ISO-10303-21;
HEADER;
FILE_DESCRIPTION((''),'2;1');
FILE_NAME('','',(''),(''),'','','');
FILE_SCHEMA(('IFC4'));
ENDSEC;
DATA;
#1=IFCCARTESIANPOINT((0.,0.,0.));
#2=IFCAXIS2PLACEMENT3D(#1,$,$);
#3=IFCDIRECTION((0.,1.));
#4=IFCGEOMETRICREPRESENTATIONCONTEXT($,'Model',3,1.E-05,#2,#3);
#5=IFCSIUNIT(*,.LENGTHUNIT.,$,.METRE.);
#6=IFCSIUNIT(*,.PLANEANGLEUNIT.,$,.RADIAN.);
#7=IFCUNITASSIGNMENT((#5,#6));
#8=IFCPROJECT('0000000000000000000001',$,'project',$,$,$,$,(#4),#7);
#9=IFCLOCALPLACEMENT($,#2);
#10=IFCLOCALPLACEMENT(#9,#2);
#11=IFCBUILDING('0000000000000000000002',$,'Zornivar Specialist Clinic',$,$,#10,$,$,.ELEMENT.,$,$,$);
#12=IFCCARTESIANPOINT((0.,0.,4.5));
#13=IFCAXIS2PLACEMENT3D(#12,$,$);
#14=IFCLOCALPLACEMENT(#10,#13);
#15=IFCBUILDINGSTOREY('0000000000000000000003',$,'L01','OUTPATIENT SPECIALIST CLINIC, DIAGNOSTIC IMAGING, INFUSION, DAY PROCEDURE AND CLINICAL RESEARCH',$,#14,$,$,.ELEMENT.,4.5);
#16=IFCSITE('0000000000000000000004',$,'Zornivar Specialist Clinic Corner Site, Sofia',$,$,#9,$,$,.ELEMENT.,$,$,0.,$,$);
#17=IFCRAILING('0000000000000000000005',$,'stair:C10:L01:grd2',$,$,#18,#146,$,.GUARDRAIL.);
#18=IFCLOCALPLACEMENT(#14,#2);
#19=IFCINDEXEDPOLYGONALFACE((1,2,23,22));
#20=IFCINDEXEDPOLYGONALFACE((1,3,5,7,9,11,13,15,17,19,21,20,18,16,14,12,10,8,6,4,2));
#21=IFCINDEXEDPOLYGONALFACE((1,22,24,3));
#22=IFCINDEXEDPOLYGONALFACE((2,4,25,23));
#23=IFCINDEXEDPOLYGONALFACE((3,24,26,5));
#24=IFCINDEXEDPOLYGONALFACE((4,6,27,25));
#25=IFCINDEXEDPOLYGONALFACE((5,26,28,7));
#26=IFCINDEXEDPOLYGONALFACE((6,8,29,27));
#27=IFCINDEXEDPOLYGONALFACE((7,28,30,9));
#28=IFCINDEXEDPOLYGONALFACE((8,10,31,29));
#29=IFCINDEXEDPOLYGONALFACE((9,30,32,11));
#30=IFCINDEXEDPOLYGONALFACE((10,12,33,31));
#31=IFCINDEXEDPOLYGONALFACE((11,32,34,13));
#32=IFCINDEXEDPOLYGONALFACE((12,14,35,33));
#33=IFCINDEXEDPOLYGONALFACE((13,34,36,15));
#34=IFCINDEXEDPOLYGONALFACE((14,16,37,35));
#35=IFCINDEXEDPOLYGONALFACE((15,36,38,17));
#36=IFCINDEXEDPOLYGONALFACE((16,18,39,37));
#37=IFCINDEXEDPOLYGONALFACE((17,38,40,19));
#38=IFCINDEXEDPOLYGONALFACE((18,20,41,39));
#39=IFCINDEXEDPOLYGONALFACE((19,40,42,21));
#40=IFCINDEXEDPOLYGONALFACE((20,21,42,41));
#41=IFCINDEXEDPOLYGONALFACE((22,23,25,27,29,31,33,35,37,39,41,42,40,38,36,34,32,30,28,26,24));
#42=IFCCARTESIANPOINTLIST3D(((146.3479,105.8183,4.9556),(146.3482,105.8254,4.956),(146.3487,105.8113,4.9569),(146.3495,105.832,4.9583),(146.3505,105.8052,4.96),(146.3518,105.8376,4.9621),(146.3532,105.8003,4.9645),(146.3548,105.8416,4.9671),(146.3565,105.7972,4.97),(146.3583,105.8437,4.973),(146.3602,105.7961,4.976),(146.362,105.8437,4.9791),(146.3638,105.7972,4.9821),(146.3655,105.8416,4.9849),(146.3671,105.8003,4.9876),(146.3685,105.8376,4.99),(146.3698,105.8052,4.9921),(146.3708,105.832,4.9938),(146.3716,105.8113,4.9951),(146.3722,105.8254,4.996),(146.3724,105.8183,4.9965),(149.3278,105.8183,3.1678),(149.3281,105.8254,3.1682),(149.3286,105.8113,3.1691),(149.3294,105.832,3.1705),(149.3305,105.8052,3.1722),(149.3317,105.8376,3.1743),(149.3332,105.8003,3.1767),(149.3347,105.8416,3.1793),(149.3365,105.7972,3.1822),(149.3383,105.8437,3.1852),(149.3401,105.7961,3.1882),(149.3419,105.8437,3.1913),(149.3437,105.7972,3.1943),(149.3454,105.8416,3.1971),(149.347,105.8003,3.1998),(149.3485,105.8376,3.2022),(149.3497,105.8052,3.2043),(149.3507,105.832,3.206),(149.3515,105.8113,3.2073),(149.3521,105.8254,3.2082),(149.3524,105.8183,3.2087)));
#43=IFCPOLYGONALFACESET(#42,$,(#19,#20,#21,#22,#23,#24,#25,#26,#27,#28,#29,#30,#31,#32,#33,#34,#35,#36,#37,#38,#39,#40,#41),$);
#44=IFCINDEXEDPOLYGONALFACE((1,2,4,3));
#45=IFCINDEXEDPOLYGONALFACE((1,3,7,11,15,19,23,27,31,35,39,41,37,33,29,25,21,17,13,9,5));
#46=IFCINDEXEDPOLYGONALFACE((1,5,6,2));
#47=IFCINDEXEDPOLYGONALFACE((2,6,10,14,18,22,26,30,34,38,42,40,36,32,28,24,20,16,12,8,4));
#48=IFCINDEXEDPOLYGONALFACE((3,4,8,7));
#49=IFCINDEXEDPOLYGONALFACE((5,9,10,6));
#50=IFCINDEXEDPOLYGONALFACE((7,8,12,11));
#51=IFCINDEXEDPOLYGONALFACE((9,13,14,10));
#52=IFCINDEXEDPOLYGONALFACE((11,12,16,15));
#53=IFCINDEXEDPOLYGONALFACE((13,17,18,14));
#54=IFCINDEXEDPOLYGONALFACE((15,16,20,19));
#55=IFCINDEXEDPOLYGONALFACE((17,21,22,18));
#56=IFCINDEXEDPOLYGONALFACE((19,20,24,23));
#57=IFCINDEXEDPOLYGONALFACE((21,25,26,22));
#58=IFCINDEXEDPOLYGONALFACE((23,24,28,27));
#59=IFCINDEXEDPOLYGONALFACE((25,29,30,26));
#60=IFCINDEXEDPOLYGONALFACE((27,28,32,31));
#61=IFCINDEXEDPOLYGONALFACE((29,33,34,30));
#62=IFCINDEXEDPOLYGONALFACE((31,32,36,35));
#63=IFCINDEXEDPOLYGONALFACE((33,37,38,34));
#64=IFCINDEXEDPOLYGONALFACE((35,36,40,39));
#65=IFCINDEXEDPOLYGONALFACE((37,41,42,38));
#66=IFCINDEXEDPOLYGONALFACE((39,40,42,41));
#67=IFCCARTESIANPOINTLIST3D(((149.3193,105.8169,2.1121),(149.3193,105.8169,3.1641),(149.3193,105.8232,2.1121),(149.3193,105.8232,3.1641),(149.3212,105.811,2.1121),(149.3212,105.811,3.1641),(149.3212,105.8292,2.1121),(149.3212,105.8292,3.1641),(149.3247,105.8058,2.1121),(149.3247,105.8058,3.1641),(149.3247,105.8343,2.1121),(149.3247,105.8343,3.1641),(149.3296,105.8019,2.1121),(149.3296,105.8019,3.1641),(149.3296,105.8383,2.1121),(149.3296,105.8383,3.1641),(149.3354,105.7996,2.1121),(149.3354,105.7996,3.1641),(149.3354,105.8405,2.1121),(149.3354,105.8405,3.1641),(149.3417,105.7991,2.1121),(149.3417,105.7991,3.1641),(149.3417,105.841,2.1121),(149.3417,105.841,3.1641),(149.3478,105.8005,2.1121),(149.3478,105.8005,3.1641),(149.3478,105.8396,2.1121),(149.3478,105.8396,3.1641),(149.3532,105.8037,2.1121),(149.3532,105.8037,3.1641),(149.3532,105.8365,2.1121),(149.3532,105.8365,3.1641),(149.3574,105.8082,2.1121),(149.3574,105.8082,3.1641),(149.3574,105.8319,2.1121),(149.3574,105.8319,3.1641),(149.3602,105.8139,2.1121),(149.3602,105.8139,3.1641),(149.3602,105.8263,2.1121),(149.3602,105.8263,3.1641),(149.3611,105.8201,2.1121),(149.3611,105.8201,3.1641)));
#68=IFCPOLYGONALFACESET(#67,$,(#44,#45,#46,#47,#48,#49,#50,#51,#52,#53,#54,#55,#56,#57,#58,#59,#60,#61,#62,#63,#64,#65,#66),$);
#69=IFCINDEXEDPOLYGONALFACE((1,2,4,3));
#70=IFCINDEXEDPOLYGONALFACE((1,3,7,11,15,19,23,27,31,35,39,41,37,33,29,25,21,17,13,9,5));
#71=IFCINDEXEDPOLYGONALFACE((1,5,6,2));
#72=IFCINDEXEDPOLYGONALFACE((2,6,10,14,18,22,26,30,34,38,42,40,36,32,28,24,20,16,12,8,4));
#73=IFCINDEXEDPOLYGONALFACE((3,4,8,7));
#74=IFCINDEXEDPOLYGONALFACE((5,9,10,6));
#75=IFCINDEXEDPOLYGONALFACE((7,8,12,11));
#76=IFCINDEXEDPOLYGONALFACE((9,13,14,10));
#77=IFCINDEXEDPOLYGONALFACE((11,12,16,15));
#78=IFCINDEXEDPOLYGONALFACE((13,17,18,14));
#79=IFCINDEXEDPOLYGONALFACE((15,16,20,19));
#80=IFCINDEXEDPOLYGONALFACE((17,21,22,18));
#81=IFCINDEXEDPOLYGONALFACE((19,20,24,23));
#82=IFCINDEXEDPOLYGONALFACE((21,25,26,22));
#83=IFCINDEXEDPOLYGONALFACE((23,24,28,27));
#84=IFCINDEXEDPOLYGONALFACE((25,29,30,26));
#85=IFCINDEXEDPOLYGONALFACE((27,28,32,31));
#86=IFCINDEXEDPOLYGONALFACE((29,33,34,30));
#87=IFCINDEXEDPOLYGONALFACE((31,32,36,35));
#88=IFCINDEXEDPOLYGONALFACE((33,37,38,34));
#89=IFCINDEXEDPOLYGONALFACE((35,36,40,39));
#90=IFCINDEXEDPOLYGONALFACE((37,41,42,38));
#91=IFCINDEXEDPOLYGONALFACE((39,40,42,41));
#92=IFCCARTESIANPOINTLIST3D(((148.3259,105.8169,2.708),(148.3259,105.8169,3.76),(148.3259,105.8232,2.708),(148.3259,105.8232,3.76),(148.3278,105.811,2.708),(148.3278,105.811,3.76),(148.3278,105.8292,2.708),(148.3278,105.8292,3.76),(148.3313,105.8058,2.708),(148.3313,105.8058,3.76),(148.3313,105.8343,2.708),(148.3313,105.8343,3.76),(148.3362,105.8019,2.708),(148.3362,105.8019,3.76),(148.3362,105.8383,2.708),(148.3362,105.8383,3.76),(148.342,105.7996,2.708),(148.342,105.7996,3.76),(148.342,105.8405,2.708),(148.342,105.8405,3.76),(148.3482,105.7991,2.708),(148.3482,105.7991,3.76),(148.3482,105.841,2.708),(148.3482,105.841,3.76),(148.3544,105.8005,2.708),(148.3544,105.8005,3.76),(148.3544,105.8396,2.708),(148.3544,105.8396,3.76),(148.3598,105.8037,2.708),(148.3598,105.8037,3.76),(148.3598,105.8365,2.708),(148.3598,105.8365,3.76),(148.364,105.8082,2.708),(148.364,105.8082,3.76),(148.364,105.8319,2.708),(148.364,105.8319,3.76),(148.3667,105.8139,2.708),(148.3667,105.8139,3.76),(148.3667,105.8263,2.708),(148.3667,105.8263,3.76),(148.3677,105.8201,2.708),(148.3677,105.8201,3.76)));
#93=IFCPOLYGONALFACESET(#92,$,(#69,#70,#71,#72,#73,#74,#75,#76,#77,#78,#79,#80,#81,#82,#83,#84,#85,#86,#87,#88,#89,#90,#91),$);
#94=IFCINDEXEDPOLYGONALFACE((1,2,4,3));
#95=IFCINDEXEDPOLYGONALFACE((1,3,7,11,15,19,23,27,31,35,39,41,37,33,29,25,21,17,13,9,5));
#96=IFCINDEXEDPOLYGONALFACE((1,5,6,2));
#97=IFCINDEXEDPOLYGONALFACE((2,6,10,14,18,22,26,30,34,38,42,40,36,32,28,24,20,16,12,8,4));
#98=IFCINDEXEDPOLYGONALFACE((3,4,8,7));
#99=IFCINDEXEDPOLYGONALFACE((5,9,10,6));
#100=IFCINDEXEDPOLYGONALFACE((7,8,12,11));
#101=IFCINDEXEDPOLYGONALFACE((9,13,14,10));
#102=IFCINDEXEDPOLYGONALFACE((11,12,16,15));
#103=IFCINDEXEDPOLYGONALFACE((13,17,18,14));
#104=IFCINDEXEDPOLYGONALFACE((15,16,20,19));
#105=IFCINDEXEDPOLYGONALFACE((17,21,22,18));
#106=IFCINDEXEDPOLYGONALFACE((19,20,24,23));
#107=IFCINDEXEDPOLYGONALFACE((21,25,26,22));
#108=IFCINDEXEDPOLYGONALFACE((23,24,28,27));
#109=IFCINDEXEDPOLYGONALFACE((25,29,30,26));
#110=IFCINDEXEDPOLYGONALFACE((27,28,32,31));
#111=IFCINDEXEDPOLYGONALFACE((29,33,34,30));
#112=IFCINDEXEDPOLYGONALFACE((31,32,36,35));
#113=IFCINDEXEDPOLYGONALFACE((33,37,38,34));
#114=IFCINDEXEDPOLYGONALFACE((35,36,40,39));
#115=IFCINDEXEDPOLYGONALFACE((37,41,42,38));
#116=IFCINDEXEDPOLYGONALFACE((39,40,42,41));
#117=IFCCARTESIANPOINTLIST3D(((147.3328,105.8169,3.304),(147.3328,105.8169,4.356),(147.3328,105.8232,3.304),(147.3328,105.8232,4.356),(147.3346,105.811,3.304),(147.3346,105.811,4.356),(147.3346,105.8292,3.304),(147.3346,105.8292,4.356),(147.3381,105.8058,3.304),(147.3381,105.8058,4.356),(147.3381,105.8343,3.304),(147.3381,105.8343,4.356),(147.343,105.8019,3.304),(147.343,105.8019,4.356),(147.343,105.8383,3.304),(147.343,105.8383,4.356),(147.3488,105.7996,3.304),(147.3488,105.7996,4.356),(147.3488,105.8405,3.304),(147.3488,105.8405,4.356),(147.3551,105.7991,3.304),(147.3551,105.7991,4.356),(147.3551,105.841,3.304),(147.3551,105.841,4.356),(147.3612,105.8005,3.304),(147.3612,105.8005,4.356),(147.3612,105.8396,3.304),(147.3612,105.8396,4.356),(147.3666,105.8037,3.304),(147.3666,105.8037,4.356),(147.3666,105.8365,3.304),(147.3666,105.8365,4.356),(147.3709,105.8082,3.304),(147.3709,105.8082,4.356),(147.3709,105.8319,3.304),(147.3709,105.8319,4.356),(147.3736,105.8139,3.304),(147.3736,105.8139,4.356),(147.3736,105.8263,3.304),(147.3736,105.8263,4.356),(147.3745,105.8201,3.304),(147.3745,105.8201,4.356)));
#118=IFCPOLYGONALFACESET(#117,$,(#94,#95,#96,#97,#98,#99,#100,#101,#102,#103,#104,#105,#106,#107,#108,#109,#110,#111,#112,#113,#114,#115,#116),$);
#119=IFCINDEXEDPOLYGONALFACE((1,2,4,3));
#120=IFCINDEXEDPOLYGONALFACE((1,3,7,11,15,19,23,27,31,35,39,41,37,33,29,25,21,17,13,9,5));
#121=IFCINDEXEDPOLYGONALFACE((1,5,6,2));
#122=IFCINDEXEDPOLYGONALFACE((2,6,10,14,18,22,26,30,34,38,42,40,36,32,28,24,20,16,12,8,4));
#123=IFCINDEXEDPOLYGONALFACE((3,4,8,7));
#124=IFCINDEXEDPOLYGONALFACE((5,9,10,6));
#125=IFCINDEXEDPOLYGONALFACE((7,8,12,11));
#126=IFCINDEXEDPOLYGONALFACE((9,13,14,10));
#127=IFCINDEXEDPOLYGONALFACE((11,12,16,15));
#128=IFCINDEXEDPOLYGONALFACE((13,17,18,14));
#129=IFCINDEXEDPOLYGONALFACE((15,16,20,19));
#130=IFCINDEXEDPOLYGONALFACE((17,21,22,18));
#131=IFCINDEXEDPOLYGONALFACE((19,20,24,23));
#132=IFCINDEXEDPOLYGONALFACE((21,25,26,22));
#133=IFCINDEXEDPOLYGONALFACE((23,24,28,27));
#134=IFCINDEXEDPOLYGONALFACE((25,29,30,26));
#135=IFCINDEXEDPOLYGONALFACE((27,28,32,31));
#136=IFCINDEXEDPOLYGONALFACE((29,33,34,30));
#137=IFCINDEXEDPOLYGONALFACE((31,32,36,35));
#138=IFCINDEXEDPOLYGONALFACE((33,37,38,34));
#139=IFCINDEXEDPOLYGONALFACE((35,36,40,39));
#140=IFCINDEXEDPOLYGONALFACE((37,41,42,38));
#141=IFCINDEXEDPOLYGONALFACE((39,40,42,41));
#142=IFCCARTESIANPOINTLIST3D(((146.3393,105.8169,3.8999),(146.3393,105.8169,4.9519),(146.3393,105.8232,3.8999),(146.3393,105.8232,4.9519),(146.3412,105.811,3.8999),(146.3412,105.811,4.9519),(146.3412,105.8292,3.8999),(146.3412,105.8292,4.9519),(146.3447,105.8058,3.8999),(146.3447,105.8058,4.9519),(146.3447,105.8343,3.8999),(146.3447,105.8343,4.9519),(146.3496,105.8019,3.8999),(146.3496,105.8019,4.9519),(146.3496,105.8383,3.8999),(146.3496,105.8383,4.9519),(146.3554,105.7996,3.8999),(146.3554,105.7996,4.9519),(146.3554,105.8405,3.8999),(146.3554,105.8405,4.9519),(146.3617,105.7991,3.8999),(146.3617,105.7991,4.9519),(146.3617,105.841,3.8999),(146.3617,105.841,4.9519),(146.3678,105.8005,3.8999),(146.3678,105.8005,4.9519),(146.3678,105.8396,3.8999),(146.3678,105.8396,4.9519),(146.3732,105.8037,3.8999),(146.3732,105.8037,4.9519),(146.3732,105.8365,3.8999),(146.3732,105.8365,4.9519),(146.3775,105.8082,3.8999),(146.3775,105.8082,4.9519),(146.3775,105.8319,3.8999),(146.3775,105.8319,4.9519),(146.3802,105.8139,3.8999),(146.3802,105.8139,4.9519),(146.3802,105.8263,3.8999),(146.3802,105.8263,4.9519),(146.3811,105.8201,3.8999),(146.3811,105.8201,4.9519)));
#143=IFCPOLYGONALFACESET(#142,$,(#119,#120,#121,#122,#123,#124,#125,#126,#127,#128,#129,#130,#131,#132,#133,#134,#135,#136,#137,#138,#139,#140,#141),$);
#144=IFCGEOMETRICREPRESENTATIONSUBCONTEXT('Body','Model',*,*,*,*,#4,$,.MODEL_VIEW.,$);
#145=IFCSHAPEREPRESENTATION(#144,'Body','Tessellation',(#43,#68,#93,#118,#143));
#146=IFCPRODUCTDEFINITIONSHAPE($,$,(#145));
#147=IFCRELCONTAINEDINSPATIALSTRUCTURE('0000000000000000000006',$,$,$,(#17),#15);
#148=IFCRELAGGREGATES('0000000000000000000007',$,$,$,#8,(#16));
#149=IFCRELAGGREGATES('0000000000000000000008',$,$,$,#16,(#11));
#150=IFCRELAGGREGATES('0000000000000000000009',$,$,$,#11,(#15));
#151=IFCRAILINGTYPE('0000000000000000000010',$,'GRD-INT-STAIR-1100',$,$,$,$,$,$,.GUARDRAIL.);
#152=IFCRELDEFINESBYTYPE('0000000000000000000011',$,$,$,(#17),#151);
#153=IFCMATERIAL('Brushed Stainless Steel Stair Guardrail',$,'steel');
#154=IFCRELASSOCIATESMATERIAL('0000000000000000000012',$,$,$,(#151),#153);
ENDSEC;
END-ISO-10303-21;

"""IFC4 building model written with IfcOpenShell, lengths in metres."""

from ifc_helpers import new_model, si_unit, direction, frame, origin, origin_2d, place, context, subcontext, project, spatial, circle, extrude, material, type_object, element, save


model = new_model("IFC4")

# Units and contexts
model_context = context("Model", 3, precision=1e-05, world=origin(), true_north=direction((0.0, 1.0)))
body_context = subcontext(model_context, "Body", "Model", "MODEL_VIEW")
ifc_project = project(units=[si_unit("LENGTHUNIT", "METRE"), si_unit("PLANEANGLEUNIT", "RADIAN")], contexts=[model_context])

# Site, building, storey
site_placement = place(None, origin())
site = spatial("IfcSite", under=ifc_project, at=site_placement, Name="Zornivar Specialist Clinic Corner Site, Sofia", CompositionType="ELEMENT", RefElevation=0.0)
building_placement = place(site_placement, origin())
building = spatial("IfcBuilding", under=site, at=building_placement, Name="Zornivar Specialist Clinic", CompositionType="ELEMENT")
storey_placement = place(building_placement, frame((0.0, 0.0, 4.5)))
storey = spatial("IfcBuildingStorey", under=building, at=storey_placement, Name="L01", Description="OUTPATIENT SPECIALIST CLINIC, DIAGNOSTIC IMAGING, INFUSION, DAY PROCEDURE AND CLINICAL RESEARCH", CompositionType="ELEMENT", Elevation=4.5)

# Railing
ifc_material_1 = material(Name="Brushed Stainless Steel Stair Guardrail", Category="steel")
railing_type_1 = type_object("IfcRailingType", Name="GRD-INT-STAIR-1100", PredefinedType="GUARDRAIL", material=ifc_material_1)
railing_1_placement = place(storey_placement, frame((149.3401, 105.8201, 2.1121)))
element("IfcRailing", 1, at=railing_1_placement, inside=storey, type_object=railing_type_1, Name="stair:C10:L01:grd2", PredefinedType="GUARDRAIL", context=body_context, shape_type="SweptSolid", body=[
    extrude(circle(Radius=0.0239, at=origin_2d()), frame((0.0, 0.0, 1.0762), z_axis=(-0.857512, 0.0, 0.514465), x_axis=(0.0, -1.0, 0.0)), (0.0, 0.0, 1.0), 3.4751),
    extrude(circle(Radius=0.021, at=origin_2d()), origin(), (0.0, 0.0, 1.0), 1.052),
    extrude(circle(Radius=0.021, at=origin_2d()), frame((-0.9934, 0.0, 0.5959)), (0.0, 0.0, 1.0), 1.052),
    extrude(circle(Radius=0.021, at=origin_2d()), frame((-1.9866, 0.0, 1.1919)), (0.0, 0.0, 1.0), 1.052),
    extrude(circle(Radius=0.021, at=origin_2d()), frame((-2.98, 0.0, 1.7878)), (0.0, 0.0, 1.0), 1.052),
])

save(model, "model.ifc")
